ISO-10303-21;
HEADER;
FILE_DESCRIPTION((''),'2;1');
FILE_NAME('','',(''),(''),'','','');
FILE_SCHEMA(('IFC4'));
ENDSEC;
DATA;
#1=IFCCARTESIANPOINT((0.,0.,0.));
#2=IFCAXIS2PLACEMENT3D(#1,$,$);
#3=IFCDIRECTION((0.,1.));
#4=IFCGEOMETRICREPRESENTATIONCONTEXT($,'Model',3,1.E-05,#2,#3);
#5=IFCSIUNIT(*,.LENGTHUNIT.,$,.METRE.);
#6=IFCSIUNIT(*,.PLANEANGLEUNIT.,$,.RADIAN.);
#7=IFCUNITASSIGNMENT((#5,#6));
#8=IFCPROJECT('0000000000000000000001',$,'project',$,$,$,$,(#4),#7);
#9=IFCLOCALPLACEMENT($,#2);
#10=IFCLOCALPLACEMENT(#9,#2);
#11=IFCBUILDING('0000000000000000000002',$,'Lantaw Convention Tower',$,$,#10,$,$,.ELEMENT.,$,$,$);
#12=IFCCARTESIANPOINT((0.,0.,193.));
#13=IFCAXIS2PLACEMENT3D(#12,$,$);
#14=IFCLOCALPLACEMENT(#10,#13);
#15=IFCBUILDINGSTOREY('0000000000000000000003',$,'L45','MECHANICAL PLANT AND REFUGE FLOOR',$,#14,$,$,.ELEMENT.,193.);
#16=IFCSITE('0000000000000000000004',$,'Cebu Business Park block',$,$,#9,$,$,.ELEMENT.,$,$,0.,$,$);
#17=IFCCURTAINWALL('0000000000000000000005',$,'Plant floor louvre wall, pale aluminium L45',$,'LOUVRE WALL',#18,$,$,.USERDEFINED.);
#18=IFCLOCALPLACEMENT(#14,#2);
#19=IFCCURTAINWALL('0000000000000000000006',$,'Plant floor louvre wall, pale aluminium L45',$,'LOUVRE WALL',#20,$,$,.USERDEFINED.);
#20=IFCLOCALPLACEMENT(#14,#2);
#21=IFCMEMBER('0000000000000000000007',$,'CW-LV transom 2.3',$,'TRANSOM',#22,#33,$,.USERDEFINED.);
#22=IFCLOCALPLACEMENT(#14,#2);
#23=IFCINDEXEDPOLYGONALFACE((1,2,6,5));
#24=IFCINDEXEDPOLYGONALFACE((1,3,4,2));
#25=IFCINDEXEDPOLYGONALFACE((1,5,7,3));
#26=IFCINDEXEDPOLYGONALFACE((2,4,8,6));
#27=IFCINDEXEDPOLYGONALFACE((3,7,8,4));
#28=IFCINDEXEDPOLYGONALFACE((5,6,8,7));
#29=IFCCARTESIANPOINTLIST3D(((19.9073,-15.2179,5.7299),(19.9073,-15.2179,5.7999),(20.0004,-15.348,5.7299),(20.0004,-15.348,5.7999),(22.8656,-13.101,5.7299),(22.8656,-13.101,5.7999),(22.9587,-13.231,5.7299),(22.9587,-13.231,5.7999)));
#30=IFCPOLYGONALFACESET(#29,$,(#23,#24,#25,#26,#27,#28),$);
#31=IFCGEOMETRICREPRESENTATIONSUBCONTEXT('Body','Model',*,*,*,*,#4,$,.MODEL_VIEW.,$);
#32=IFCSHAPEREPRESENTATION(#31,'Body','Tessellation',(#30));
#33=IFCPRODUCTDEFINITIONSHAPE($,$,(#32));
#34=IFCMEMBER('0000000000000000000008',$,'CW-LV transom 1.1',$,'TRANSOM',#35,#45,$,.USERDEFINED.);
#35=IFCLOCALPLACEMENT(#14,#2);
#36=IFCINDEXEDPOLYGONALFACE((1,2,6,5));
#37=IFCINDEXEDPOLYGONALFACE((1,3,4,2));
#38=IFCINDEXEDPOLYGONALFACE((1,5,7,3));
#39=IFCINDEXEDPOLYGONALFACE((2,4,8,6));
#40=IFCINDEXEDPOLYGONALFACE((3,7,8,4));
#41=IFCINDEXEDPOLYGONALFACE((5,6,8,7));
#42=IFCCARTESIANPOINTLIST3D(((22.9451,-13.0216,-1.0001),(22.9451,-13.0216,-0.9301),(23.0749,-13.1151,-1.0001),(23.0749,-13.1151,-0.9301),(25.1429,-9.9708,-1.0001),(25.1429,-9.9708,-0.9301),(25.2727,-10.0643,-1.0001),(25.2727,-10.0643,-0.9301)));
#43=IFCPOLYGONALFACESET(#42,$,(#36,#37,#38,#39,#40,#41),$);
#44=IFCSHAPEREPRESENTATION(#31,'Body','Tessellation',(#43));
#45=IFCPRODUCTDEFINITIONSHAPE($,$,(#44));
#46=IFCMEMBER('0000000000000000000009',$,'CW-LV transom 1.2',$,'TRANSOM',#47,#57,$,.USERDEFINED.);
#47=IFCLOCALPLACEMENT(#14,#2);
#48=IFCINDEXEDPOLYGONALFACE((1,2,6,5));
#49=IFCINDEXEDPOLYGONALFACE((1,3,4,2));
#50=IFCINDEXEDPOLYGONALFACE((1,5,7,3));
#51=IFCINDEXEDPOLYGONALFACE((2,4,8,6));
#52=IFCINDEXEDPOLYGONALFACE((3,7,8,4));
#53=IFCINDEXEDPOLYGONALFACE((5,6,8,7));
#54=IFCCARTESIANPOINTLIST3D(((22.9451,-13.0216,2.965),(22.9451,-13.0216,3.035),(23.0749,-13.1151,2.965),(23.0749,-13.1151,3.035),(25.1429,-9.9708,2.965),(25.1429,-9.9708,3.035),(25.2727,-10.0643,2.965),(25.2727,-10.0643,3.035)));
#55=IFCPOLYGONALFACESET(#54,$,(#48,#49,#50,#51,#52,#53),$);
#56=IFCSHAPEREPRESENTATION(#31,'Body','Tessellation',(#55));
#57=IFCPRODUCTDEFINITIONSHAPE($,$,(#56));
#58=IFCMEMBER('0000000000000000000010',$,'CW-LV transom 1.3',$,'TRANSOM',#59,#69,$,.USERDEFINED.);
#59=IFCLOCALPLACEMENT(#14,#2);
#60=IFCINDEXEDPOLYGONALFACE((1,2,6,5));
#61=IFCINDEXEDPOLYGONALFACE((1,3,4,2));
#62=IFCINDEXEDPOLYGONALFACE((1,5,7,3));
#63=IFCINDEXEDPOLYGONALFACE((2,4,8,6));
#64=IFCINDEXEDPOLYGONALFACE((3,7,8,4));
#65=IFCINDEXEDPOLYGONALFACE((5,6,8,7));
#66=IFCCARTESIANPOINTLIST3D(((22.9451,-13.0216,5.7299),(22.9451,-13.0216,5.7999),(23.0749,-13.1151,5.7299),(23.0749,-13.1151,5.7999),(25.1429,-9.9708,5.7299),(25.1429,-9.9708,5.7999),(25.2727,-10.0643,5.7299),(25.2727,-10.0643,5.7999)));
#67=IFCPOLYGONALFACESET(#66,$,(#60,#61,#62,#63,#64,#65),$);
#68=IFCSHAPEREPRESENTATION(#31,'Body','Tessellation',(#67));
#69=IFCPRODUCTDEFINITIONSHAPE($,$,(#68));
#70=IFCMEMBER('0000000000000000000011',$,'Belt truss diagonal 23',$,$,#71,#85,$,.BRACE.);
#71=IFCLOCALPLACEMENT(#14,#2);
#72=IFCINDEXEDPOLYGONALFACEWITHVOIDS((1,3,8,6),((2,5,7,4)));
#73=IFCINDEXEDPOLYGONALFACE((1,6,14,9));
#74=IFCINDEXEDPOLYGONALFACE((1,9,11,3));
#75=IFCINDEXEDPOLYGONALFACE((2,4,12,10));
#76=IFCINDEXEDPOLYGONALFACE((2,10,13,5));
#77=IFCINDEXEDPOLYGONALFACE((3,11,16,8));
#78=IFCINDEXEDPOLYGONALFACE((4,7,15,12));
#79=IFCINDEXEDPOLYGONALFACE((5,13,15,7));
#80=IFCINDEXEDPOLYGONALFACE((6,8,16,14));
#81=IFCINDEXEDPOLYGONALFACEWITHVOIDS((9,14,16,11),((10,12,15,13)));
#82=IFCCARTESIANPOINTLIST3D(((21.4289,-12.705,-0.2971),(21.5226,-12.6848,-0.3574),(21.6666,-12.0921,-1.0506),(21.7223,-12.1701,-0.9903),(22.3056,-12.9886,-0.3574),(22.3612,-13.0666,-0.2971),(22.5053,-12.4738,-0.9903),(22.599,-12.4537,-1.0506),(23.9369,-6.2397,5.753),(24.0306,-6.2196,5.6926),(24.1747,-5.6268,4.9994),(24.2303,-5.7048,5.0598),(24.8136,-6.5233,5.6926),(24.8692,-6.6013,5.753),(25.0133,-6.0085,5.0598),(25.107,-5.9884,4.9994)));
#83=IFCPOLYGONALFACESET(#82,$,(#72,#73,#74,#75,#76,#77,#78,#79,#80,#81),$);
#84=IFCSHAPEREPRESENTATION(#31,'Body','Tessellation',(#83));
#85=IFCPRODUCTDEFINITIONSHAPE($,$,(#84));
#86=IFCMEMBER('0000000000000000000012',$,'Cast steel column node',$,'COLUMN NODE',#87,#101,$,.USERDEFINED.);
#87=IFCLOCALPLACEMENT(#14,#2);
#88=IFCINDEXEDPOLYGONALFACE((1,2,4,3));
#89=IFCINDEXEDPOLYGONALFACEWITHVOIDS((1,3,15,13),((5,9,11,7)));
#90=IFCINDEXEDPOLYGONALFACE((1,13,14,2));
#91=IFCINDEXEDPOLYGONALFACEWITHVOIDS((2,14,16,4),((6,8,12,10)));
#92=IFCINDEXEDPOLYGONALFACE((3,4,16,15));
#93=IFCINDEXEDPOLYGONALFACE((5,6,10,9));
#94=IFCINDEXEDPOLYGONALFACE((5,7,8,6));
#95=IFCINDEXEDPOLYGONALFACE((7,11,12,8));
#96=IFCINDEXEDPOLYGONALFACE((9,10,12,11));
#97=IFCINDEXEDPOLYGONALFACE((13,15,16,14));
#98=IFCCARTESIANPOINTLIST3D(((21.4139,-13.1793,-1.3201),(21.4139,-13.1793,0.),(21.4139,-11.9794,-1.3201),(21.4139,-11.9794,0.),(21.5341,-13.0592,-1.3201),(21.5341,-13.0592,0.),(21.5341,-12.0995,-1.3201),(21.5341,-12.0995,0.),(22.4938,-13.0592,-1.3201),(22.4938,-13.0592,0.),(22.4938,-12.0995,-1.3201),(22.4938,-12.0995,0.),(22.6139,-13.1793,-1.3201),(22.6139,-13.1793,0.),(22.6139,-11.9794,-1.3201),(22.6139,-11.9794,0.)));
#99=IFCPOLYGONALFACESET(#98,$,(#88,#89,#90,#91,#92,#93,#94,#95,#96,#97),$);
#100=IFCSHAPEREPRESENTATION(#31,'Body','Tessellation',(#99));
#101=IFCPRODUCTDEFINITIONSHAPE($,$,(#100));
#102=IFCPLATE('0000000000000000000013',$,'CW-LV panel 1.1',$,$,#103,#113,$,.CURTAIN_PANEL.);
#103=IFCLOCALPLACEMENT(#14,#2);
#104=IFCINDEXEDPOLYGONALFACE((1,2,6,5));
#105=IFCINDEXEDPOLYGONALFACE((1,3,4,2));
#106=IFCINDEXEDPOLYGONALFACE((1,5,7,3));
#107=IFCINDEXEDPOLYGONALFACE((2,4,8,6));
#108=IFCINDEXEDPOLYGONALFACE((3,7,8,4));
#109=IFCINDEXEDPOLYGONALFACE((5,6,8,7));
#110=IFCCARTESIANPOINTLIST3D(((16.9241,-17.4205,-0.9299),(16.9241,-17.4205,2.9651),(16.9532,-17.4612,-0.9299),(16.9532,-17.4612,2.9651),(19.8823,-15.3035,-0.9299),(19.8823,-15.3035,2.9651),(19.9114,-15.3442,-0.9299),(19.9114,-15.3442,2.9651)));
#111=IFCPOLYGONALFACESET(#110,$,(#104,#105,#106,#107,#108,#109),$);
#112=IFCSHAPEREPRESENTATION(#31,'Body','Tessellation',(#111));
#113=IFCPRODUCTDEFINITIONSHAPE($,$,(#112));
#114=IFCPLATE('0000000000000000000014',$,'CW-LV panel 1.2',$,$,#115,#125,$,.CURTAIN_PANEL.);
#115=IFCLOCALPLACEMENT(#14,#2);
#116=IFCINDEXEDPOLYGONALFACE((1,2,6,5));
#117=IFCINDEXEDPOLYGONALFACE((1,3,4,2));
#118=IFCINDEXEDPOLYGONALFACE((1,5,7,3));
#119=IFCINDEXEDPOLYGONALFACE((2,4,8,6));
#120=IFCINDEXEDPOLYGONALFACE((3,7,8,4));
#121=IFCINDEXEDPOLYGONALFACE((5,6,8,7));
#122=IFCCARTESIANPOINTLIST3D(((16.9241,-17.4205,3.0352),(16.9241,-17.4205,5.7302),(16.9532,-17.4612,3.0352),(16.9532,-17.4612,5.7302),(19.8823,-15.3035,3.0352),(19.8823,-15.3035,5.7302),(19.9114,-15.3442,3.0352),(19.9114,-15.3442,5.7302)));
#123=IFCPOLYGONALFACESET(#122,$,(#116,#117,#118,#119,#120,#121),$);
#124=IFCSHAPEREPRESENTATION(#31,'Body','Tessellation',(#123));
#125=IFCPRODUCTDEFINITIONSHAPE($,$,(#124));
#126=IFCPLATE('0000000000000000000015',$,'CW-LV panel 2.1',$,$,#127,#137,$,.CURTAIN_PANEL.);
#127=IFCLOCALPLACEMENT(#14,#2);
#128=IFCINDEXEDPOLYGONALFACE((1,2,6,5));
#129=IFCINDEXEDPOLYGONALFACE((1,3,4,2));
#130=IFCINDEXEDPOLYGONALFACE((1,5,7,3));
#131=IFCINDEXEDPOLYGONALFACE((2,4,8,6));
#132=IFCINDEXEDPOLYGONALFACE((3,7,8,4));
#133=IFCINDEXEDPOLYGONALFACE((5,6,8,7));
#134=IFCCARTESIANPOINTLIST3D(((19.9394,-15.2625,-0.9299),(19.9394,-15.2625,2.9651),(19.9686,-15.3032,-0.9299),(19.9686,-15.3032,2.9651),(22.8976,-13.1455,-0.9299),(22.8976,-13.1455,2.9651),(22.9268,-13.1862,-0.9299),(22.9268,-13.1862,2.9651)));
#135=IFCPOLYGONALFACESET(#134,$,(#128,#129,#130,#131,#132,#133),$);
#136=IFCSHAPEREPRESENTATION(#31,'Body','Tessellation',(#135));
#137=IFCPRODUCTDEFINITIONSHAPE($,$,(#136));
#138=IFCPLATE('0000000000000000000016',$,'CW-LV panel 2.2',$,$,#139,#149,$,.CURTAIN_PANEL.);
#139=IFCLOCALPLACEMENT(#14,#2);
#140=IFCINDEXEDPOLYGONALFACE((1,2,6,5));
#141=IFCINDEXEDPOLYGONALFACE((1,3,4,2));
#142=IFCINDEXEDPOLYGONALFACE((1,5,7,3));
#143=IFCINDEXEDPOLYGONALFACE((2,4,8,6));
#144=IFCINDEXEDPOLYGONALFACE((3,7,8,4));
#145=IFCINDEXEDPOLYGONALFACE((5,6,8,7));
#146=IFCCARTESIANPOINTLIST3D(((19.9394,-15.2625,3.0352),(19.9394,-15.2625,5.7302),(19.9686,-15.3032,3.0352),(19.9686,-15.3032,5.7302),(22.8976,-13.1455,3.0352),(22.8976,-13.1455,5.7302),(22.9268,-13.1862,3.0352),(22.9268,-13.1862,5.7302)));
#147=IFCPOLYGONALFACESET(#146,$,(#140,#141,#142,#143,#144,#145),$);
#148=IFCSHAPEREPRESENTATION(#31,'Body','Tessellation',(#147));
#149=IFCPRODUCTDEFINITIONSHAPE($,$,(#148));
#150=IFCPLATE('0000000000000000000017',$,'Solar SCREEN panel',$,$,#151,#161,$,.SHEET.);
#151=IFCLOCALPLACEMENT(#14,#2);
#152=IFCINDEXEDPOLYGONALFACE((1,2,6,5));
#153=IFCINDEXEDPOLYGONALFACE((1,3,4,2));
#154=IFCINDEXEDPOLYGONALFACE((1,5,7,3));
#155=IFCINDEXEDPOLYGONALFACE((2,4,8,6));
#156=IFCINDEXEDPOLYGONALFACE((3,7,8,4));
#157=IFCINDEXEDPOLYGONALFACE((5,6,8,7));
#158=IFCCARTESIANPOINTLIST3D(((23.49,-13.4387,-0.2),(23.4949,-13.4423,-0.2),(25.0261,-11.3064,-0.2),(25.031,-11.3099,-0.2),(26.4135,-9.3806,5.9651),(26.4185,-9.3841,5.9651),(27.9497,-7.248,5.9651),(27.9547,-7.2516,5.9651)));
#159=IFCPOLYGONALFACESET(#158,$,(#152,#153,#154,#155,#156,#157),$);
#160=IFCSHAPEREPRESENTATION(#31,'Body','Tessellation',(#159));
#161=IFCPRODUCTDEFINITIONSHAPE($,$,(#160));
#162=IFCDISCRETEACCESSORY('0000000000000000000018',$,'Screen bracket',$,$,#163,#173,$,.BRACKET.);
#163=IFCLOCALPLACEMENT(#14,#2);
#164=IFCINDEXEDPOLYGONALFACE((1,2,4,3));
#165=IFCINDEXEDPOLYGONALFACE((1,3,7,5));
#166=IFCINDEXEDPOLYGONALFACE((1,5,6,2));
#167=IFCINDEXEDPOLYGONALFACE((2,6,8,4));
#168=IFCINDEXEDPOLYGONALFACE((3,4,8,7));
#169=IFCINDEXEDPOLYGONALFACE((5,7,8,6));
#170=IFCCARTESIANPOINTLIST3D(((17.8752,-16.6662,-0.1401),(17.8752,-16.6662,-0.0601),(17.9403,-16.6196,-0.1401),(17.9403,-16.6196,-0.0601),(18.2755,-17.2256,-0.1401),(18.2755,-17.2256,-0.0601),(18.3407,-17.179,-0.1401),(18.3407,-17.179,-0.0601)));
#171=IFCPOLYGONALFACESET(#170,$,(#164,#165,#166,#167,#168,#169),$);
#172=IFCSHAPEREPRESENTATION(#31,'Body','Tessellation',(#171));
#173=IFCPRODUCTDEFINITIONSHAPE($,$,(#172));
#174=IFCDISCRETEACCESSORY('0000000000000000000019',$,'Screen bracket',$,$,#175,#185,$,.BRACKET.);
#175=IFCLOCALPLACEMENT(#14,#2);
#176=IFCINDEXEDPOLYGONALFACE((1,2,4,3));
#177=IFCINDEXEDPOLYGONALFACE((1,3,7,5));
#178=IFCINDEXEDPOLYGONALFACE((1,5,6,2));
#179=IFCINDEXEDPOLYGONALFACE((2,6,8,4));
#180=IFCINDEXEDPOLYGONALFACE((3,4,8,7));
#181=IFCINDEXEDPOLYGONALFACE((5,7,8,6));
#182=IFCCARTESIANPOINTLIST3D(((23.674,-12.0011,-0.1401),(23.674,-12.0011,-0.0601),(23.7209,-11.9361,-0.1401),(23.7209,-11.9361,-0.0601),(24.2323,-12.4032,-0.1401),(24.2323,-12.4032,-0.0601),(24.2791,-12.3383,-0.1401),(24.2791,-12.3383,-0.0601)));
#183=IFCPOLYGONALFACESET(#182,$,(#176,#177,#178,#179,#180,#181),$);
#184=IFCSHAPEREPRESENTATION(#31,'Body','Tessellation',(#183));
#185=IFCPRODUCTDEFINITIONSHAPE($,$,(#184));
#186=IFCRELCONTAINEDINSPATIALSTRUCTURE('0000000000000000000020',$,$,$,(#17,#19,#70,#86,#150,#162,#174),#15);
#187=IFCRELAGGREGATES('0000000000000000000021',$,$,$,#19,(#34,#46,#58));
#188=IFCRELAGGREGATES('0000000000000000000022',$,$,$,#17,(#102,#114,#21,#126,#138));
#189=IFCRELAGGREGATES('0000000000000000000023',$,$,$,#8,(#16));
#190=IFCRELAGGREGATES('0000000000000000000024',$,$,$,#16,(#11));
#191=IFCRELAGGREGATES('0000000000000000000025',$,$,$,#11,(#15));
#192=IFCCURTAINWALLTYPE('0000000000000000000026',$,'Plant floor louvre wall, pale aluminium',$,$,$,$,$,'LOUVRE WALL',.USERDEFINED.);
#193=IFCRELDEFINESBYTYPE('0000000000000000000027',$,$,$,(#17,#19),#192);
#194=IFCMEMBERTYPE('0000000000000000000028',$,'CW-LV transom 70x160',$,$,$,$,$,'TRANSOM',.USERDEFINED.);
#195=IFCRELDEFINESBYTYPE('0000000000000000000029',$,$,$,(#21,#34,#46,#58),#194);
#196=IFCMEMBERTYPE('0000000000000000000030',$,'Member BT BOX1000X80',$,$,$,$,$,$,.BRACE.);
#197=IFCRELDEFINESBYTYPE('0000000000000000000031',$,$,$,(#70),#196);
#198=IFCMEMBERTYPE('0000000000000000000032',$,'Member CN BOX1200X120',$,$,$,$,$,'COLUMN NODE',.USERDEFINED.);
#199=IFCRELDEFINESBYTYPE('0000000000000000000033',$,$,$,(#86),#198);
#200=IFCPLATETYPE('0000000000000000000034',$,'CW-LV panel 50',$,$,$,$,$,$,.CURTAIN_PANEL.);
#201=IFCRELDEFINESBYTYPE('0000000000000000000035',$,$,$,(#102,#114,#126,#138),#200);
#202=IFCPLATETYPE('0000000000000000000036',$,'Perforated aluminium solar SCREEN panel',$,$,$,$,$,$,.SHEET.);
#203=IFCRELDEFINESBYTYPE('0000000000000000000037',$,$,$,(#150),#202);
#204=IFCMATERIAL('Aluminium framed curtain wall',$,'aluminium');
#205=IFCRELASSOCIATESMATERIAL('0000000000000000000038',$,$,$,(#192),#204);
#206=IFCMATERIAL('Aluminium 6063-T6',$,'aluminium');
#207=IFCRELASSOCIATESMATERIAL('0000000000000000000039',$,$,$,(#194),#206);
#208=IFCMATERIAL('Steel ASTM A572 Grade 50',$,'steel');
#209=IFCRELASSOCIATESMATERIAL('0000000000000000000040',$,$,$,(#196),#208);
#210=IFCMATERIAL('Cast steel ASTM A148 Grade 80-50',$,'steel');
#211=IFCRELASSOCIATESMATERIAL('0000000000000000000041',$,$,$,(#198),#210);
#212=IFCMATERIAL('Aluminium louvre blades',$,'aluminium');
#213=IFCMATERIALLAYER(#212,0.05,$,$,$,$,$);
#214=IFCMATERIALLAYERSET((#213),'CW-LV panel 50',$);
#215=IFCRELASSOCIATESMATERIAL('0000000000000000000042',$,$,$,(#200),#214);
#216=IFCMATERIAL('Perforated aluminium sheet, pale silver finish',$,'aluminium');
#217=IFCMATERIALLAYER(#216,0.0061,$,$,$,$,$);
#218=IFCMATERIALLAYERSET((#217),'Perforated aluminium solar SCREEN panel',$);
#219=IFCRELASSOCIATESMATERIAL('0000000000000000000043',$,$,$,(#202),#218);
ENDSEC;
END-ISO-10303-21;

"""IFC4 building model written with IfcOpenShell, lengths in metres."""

from ifc_helpers import new_model, si_unit, direction, frame, origin, origin_2d, place, context, subcontext, project, spatial, polyline, rectangle, hollow_rectangle, outline, extrude, material, layer, layer_set, material_profile, profile_set, type_object, element, aggregate, save


model = new_model("IFC4")

# Units and contexts
model_context = context("Model", 3, precision=1e-05, world=origin(), true_north=direction((0.0, 1.0)))
body_context = subcontext(model_context, "Body", "Model", "MODEL_VIEW")
ifc_project = project(units=[si_unit("LENGTHUNIT", "METRE"), si_unit("PLANEANGLEUNIT", "RADIAN")], contexts=[model_context])

# Site, building, storey
site_placement = place(None, origin())
site = spatial("IfcSite", under=ifc_project, at=site_placement, Name="Cebu Business Park block", CompositionType="ELEMENT", RefElevation=0.0)
building_placement = place(site_placement, origin())
building = spatial("IfcBuilding", under=site, at=building_placement, Name="Lantaw Convention Tower", CompositionType="ELEMENT")
storey_placement = place(building_placement, frame((0.0, 0.0, 193.0)))
storey = spatial("IfcBuildingStorey", under=building, at=storey_placement, Name="L45", Description="MECHANICAL PLANT AND REFUGE FLOOR", CompositionType="ELEMENT", Elevation=193.0)

# Curtain wall
ifc_material_1 = material(Name="Aluminium framed curtain wall", Category="aluminium")
curtain_wall_type = type_object("IfcCurtainWallType", Name="Plant floor louvre wall, pale aluminium", ElementType="LOUVRE WALL", PredefinedType="USERDEFINED", material=ifc_material_1)
curtain_wall_1_placement = place(storey_placement, origin())
curtain_wall_1 = element("IfcCurtainWall", 1, at=curtain_wall_1_placement, inside=storey, type_object=curtain_wall_type, Name="Plant floor louvre wall, pale aluminium L45", ObjectType="LOUVRE WALL", PredefinedType="USERDEFINED")
ifc_material_2 = material(Name="Aluminium 6063-T6", Category="aluminium")

# Curtain wall
curtain_wall_2_placement = place(storey_placement, origin())
curtain_wall_2 = element("IfcCurtainWall", 2, at=curtain_wall_2_placement, inside=storey, type_object=curtain_wall_type, Name="Plant floor louvre wall, pale aluminium L45", ObjectType="LOUVRE WALL", PredefinedType="USERDEFINED")

# Members
ifc_material_profile_1 = material_profile(ifc_material_2, rectangle(XDim=0.1599, YDim=0.0701, at=origin_2d()), Name="CW-LV transom 70x160")
ifc_profile_set_1 = profile_set([ifc_material_profile_1], Name="Aluminium 6063-T6")
member_type_1 = type_object("IfcMemberType", Name="CW-LV transom 70x160", ElementType="TRANSOM", PredefinedType="USERDEFINED", material=ifc_profile_set_1)
member_1_placement = place(storey_placement, frame((19.9539, -15.283, 5.7649), z_axis=(0.813225, 0.581949, 0.0), x_axis=(-0.581949, 0.813225, 0.0)))
member_1 = element("IfcMember", 3, at=member_1_placement, type_object=member_type_1, Name="CW-LV transom 2.3", ObjectType="TRANSOM", PredefinedType="USERDEFINED", context=body_context, shape_type="SweptSolid", body=[
    extrude(rectangle(XDim=0.1599, YDim=0.0701, at=origin_2d()), origin(), (0.0, 0.0, 1.0), 3.6377),
])
member_2_placement = place(storey_placement, frame((23.01, -13.0684, -0.9651), z_axis=(0.584513, 0.811384, 0.0), x_axis=(-0.811384, 0.584513, 0.0)))
member_2 = element("IfcMember", 4, at=member_2_placement, type_object=member_type_1, Name="CW-LV transom 1.1", ObjectType="TRANSOM", PredefinedType="USERDEFINED", context=body_context, shape_type="SweptSolid", body=[
    extrude(rectangle(XDim=0.1599, YDim=0.0701, at=origin_2d()), origin(), (0.0, 0.0, 1.0), 3.76),
])
member_3_placement = place(storey_placement, frame((23.01, -13.0684, 3.0), z_axis=(0.584513, 0.811384, 0.0), x_axis=(-0.811384, 0.584513, 0.0)))
member_3 = element("IfcMember", 5, at=member_3_placement, type_object=member_type_1, Name="CW-LV transom 1.2", ObjectType="TRANSOM", PredefinedType="USERDEFINED", context=body_context, shape_type="SweptSolid", body=[
    extrude(rectangle(XDim=0.1599, YDim=0.0701, at=origin_2d()), origin(), (0.0, 0.0, 1.0), 3.76),
])
member_4_placement = place(storey_placement, frame((23.01, -13.0684, 5.7649), z_axis=(0.584513, 0.811384, 0.0), x_axis=(-0.811384, 0.584513, 0.0)))
member_4 = element("IfcMember", 6, at=member_4_placement, type_object=member_type_1, Name="CW-LV transom 1.3", ObjectType="TRANSOM", PredefinedType="USERDEFINED", context=body_context, shape_type="SweptSolid", body=[
    extrude(rectangle(XDim=0.1599, YDim=0.0701, at=origin_2d()), origin(), (0.0, 0.0, 1.0), 3.76),
])
aggregate(curtain_wall_2, [member_2, member_3, member_4])

# Members
ifc_material_3 = material(Name="Steel ASTM A572 Grade 50", Category="steel")
ifc_material_profile_2 = material_profile(ifc_material_3, hollow_rectangle(XDim=1.0, YDim=1.0, WallThickness=0.0801, at=origin_2d()), Name="BOX1000X80")
ifc_profile_set_2 = profile_set([ifc_material_profile_2], Name="Steel ASTM A572 Grade 50")
member_type_2 = type_object("IfcMemberType", Name="Member BT BOX1000X80", PredefinedType="BRACE", material=ifc_profile_set_2)
member_5_placement = place(storey_placement, frame((22.0139, -12.5793, -0.6738), z_axis=(0.272528, 0.70253, 0.657404), x_axis=(-0.932308, 0.361665, 0.0)))
element("IfcMember", 7, at=member_5_placement, inside=storey, type_object=member_type_2, Name="Belt truss diagonal 23", PredefinedType="BRACE", context=body_context, shape_type="SweptSolid", body=[
    extrude(hollow_rectangle(XDim=1.0, YDim=1.0, WallThickness=0.0801, at=origin_2d()), origin(), (0.0, 0.0, 1.0), 9.2029),
])
ifc_material_4 = material(Name="Cast steel ASTM A148 Grade 80-50", Category="steel")
ifc_material_profile_3 = material_profile(ifc_material_4, hollow_rectangle(XDim=1.2, YDim=1.2, WallThickness=0.1201, at=origin_2d()), Name="BOX1200X120")
ifc_profile_set_3 = profile_set([ifc_material_profile_3], Name="Cast steel ASTM A148 Grade 80-50")
member_type_3 = type_object("IfcMemberType", Name="Member CN BOX1200X120", ElementType="COLUMN NODE", PredefinedType="USERDEFINED", material=ifc_profile_set_3)
member_6_placement = place(storey_placement, frame((22.0139, -12.5793, -1.3201), z_axis=(0.0, 0.0, 1.0), x_axis=(1.0, 0.0, 0.0)))
element("IfcMember", 8, at=member_6_placement, inside=storey, type_object=member_type_3, Name="Cast steel column node", ObjectType="COLUMN NODE", PredefinedType="USERDEFINED", context=body_context, shape_type="SweptSolid", body=[
    extrude(hollow_rectangle(XDim=1.2, YDim=1.2, WallThickness=0.1201, at=origin_2d()), origin(), (0.0, 0.0, 1.0), 1.3201),
])

# Plates
ifc_material_5 = material(Name="Aluminium louvre blades", Category="aluminium")
ifc_layer_1 = layer(ifc_material_5, 0.05)
ifc_layer_set_1 = layer_set([ifc_layer_1], Name="CW-LV panel 50")
plate_type_1 = type_object("IfcPlateType", Name="CW-LV panel 50", PredefinedType="CURTAIN_PANEL", material=ifc_layer_set_1)
plate_1_placement = place(storey_placement, frame((18.4177, -16.3823, -0.9299), z_axis=(0.0, 0.0, 1.0), x_axis=(0.813208, 0.581973, 0.0)))
plate_1 = element("IfcPlate", 9, at=plate_1_placement, type_object=plate_type_1, Name="CW-LV panel 1.1", PredefinedType="CURTAIN_PANEL", context=body_context, shape_type="SweptSolid", body=[
    extrude(rectangle(XDim=3.6377, YDim=0.05, at=origin_2d()), origin(), (0.0, 0.0, 1.0), 3.895),
])
plate_2_placement = place(storey_placement, frame((18.4177, -16.3823, 3.0352), z_axis=(0.0, 0.0, 1.0), x_axis=(0.813208, 0.581973, 0.0)))
plate_2 = element("IfcPlate", 10, at=plate_2_placement, type_object=plate_type_1, Name="CW-LV panel 1.2", PredefinedType="CURTAIN_PANEL", context=body_context, shape_type="SweptSolid", body=[
    extrude(rectangle(XDim=3.6377, YDim=0.05, at=origin_2d()), origin(), (0.0, 0.0, 1.0), 2.6951),
])
plate_3_placement = place(storey_placement, frame((21.4331, -14.2244, -0.9299), z_axis=(0.0, 0.0, 1.0), x_axis=(0.813208, 0.581973, 0.0)))
plate_3 = element("IfcPlate", 11, at=plate_3_placement, type_object=plate_type_1, Name="CW-LV panel 2.1", PredefinedType="CURTAIN_PANEL", context=body_context, shape_type="SweptSolid", body=[
    extrude(rectangle(XDim=3.6377, YDim=0.05, at=origin_2d()), origin(), (0.0, 0.0, 1.0), 3.895),
])
plate_4_placement = place(storey_placement, frame((21.4331, -14.2244, 3.0352), z_axis=(0.0, 0.0, 1.0), x_axis=(0.813208, 0.581973, 0.0)))
plate_4 = element("IfcPlate", 12, at=plate_4_placement, type_object=plate_type_1, Name="CW-LV panel 2.2", PredefinedType="CURTAIN_PANEL", context=body_context, shape_type="SweptSolid", body=[
    extrude(rectangle(XDim=3.6377, YDim=0.05, at=origin_2d()), origin(), (0.0, 0.0, 1.0), 2.6951),
])
aggregate(curtain_wall_1, [plate_1, plate_2, member_1, plate_3, plate_4])
ifc_material_6 = material(Name="Perforated aluminium sheet, pale silver finish", Category="aluminium")
ifc_layer_2 = layer(ifc_material_6, 0.0061)
ifc_layer_set_2 = layer_set([ifc_layer_2], Name="Perforated aluminium solar SCREEN panel")
plate_type_2 = type_object("IfcPlateType", Name="Perforated aluminium solar SCREEN panel", PredefinedType="SHEET", material=ifc_layer_set_2)
plate_5_placement = place(storey_placement, frame((23.49, -13.4387, -0.2), z_axis=(-0.811395, 0.584498, 0.000025), x_axis=(0.584498, 0.811395, 0.0)))
element("IfcPlate", 13, at=plate_5_placement, inside=storey, type_object=plate_type_2, Name="Solar SCREEN panel", PredefinedType="SHEET", context=body_context, shape_type="SweptSolid", body=[
    extrude(outline(polyline([(0.0, 0.0), (2.628, 0.0), (7.6298, -6.165), (5.0016, -6.165), (0.0, 0.0)])), origin(), (0.0, 0.0, -1.0), 0.0061),
])

# Discrete accessories
for number, where, z_axis, x_axis, name in (
    (14, (18.1079, -16.9226, -0.1401), (0.0, 0.0, 1.0), (0.813208, 0.581973, 0.0), "Screen bracket"),
    (15, (23.9766, -12.1697, -0.1401), (0.0, 0.0, 1.0), (0.584513, 0.811385, 0.0), "Screen bracket"),
):
    element("IfcDiscreteAccessory", number, at=place(storey_placement, frame(where, z_axis=z_axis, x_axis=x_axis)), inside=storey, Name=name, PredefinedType="BRACKET", context=body_context, shape_type="SweptSolid", body=[
        extrude(rectangle(XDim=0.0801, YDim=0.688, at=origin_2d()), origin(), (0.0, 0.0, 1.0), 0.0801),
    ])

save(model, "model.ifc")
